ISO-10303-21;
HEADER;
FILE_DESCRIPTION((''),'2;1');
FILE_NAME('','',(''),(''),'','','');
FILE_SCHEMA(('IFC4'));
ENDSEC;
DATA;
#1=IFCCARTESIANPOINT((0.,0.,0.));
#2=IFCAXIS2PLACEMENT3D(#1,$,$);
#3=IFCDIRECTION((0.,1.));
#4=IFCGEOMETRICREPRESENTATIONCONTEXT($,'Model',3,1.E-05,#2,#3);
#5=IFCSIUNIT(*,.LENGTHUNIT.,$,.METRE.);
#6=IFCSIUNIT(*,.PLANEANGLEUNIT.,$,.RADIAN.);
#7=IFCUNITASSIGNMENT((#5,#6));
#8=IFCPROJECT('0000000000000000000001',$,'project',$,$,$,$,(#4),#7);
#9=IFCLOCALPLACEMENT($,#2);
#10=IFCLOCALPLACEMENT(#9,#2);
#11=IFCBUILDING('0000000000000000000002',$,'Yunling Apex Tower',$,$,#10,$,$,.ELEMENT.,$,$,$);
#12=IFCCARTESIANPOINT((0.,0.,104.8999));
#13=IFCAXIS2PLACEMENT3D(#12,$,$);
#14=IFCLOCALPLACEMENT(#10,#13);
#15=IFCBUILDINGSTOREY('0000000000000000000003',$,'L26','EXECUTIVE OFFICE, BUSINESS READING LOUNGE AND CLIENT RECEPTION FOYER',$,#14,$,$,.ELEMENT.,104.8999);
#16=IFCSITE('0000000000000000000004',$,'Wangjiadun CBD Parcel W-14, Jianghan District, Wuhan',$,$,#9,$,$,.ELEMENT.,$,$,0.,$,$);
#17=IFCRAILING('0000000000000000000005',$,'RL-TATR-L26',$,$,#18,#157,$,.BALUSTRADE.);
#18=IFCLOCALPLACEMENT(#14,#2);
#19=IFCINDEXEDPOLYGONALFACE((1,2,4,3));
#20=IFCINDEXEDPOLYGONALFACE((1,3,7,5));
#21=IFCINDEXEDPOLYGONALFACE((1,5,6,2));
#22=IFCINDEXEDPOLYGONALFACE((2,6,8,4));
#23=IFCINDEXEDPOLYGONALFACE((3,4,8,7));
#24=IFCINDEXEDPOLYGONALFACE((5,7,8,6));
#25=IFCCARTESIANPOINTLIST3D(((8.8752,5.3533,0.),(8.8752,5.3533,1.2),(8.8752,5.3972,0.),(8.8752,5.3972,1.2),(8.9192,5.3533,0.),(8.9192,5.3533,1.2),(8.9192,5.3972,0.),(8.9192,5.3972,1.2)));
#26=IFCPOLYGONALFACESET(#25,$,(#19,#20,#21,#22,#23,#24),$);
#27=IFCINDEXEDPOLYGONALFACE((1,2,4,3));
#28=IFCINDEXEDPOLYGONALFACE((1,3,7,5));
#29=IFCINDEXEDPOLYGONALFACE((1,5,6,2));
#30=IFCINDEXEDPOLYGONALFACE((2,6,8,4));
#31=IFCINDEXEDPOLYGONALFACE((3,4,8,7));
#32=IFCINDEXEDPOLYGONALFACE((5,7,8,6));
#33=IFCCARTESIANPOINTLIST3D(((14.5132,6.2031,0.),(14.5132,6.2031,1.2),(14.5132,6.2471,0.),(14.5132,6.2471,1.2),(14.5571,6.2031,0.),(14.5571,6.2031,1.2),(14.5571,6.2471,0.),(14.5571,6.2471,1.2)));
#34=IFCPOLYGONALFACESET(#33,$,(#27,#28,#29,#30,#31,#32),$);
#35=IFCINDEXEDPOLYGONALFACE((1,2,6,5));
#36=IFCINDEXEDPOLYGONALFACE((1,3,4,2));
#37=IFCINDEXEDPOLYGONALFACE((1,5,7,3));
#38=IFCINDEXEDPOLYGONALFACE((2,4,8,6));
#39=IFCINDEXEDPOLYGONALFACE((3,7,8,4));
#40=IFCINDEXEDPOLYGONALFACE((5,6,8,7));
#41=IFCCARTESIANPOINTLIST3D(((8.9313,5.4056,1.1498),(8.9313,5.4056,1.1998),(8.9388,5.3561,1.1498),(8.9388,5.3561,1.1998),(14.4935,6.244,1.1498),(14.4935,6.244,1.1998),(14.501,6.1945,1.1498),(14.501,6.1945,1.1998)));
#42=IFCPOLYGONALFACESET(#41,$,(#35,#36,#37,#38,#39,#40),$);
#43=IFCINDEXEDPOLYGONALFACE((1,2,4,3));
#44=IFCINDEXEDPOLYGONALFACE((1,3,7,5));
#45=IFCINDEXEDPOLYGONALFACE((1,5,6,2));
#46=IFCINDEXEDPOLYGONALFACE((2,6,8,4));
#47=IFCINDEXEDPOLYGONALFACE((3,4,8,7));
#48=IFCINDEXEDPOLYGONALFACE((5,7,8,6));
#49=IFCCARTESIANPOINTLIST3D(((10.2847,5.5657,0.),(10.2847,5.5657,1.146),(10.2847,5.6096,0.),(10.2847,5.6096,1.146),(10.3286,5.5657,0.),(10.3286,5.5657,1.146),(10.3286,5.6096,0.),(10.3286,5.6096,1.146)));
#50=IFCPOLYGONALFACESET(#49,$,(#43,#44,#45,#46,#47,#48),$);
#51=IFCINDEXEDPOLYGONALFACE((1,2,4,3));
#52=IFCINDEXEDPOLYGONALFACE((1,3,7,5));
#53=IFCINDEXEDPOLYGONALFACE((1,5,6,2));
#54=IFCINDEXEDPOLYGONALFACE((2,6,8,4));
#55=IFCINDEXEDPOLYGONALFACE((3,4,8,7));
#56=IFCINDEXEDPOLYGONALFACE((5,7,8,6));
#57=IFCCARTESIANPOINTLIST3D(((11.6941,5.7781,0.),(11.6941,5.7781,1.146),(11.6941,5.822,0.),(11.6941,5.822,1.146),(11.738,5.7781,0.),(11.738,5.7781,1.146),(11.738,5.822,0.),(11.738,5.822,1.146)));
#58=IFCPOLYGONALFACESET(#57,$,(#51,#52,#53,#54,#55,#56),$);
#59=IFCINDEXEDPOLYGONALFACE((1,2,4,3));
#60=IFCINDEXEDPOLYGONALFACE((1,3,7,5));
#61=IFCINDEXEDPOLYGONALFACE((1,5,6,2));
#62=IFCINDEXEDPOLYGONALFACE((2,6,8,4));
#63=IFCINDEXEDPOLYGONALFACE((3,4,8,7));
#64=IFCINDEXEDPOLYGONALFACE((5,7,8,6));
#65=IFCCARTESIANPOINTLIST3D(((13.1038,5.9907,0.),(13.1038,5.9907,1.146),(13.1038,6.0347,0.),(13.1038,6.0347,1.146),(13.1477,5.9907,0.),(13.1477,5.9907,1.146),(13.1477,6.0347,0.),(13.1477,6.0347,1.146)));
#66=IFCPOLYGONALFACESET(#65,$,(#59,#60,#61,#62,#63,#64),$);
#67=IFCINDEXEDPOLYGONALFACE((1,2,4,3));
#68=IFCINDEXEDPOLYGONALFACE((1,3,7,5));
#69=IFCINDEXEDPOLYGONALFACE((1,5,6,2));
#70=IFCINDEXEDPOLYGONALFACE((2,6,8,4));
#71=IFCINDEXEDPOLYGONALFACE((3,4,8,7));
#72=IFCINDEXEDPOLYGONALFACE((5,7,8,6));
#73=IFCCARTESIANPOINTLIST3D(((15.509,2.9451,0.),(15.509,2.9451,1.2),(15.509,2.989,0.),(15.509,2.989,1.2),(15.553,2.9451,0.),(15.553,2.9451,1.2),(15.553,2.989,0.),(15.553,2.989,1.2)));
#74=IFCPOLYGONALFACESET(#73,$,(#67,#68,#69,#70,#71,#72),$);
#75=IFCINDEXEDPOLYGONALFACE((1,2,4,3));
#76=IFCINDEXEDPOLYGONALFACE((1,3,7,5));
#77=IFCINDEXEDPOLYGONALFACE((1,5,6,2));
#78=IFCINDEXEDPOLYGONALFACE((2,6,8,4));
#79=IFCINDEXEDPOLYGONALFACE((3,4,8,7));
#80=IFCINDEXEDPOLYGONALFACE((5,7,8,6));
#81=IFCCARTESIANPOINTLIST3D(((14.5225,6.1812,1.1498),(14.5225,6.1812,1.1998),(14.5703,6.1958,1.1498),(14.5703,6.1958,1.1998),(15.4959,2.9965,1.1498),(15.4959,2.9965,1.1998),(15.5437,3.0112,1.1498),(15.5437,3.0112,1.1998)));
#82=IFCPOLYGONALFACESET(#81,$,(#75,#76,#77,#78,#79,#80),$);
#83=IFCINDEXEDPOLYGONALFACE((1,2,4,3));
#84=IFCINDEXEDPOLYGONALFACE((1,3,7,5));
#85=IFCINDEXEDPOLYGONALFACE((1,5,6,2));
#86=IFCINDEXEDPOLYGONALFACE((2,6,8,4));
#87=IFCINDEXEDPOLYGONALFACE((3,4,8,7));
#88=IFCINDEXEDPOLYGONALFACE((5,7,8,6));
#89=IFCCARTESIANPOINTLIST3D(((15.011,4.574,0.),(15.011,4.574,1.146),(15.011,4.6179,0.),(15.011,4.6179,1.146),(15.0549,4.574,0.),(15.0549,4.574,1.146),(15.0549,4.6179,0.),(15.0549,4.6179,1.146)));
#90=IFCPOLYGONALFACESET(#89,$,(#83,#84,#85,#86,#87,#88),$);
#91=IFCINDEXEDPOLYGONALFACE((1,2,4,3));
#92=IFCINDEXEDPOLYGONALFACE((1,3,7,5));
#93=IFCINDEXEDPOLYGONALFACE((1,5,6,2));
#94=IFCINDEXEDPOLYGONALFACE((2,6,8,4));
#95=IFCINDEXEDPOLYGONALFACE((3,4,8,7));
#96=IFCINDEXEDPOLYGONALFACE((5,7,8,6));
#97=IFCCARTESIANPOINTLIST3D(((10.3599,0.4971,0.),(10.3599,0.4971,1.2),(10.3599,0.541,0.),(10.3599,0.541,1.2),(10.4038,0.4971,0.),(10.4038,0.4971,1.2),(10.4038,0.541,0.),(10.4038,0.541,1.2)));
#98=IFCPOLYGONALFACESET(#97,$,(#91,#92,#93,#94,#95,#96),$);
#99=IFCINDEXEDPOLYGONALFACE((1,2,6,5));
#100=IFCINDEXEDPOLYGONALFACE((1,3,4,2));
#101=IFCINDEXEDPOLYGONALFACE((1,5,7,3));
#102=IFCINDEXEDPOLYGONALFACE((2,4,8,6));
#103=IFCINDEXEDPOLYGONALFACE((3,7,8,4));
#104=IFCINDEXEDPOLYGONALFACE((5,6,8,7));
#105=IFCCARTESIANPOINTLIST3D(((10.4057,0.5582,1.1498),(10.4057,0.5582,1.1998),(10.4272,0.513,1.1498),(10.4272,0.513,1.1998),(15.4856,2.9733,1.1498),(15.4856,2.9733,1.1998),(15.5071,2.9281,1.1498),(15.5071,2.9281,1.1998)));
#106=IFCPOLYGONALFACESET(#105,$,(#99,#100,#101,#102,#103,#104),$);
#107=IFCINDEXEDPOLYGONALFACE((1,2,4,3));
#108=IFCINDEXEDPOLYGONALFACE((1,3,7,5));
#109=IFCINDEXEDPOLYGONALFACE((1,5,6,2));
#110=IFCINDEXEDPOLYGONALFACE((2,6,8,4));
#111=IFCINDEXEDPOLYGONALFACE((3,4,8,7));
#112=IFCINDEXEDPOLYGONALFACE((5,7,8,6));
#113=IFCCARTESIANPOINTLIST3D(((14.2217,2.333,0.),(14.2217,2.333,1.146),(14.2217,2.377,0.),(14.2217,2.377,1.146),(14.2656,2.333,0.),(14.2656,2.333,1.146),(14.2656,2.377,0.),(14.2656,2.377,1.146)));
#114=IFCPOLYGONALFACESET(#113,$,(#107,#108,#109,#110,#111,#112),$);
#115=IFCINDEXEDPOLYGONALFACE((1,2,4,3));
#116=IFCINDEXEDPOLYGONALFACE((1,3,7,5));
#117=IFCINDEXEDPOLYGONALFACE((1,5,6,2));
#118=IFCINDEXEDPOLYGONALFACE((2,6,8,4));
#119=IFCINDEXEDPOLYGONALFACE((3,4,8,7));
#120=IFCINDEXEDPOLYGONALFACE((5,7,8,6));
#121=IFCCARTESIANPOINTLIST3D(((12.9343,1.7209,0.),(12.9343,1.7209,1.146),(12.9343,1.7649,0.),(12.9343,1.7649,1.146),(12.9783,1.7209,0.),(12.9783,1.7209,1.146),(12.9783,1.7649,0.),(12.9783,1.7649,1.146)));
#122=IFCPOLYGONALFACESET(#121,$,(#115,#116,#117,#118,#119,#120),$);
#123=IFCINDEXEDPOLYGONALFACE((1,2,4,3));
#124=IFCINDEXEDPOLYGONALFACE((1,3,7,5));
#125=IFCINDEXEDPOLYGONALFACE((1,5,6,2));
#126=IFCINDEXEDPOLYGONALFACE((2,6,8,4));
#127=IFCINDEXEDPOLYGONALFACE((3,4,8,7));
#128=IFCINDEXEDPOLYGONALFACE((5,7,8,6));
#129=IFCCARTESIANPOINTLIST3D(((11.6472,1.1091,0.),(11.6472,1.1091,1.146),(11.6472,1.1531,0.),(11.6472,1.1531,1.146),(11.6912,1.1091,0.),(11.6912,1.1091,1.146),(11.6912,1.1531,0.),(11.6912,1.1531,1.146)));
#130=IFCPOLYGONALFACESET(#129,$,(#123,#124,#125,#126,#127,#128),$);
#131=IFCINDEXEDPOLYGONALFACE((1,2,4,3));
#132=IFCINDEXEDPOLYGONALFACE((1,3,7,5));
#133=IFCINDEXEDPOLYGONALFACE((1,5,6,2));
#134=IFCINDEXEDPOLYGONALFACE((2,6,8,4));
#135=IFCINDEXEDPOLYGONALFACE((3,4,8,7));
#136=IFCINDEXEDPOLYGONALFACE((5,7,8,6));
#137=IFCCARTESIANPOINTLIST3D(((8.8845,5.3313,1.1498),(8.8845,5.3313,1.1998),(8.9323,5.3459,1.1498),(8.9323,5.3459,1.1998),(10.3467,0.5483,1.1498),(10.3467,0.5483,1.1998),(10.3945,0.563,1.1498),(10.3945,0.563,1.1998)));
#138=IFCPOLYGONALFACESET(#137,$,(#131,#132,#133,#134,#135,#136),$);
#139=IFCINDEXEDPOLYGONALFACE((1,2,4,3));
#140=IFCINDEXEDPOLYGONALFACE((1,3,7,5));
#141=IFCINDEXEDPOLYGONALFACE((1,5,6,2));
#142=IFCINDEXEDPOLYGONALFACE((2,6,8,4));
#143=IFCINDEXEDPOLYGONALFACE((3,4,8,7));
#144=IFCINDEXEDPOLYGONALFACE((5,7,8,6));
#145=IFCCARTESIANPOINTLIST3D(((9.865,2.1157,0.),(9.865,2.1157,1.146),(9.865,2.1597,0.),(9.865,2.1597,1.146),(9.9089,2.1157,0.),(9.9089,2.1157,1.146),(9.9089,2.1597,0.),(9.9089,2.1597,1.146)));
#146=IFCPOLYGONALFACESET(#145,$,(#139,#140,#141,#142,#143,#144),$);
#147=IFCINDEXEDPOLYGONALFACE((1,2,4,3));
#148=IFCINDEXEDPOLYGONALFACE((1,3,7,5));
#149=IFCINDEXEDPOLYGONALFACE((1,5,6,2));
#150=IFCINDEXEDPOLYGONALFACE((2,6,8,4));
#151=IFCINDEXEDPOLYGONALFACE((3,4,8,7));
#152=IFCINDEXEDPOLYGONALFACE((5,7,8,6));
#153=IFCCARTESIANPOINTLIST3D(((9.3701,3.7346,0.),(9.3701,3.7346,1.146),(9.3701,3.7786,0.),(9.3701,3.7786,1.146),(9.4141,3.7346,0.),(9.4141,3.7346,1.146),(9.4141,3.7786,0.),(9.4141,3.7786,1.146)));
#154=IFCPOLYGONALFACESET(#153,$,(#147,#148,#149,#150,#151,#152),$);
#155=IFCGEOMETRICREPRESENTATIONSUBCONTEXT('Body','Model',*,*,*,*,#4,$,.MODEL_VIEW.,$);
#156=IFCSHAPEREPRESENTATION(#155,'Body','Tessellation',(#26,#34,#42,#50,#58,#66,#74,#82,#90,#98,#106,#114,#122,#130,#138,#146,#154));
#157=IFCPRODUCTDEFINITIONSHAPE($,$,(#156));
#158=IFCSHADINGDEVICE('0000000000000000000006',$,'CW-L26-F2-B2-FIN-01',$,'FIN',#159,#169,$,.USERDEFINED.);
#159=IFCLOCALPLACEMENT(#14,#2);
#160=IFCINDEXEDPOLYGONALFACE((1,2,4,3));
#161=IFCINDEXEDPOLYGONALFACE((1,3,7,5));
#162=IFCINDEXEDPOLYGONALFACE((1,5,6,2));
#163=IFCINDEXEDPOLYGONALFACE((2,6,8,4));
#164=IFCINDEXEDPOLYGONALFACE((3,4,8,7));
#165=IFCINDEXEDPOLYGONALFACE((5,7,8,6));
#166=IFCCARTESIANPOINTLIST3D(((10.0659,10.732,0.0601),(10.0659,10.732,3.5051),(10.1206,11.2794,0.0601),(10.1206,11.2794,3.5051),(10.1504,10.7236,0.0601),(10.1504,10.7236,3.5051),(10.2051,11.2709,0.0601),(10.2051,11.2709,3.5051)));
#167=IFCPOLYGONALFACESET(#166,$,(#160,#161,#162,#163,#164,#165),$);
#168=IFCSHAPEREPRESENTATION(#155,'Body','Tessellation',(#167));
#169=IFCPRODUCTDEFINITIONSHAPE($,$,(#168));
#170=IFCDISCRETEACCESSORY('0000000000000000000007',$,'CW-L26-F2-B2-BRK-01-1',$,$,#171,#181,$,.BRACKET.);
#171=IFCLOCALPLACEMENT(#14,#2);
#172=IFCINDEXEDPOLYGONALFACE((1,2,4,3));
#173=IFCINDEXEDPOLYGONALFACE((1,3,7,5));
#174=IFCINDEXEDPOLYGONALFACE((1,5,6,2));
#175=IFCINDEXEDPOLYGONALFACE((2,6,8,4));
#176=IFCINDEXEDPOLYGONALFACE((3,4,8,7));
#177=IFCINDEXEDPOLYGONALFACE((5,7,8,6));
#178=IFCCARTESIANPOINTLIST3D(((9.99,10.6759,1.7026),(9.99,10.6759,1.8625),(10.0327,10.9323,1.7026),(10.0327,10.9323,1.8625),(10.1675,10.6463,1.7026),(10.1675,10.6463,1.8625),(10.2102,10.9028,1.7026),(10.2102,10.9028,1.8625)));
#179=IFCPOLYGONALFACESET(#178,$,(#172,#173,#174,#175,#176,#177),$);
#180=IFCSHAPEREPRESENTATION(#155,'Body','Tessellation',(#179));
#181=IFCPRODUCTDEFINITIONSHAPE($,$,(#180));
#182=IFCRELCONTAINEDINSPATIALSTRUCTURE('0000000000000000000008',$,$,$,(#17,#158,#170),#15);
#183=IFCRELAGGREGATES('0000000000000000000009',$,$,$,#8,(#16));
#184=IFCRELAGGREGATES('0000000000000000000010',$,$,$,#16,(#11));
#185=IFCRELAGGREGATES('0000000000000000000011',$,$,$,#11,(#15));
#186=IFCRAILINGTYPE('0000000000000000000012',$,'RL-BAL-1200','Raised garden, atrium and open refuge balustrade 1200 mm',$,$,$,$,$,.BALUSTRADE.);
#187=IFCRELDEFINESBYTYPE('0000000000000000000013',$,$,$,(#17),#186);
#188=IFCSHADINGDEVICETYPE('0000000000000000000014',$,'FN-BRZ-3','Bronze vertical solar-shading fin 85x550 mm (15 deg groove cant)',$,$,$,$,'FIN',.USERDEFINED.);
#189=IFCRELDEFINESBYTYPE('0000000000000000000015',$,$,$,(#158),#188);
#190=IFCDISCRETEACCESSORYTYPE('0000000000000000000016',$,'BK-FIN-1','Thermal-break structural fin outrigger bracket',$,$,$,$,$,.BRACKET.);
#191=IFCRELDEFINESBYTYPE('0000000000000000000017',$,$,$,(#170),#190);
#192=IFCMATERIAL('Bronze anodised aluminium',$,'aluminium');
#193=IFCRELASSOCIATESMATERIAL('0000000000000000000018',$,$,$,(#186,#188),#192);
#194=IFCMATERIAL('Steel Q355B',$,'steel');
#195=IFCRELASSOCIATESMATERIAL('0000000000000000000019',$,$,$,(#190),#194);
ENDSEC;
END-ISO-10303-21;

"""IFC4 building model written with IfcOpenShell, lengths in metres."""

from ifc_helpers import new_model, si_unit, direction, frame, origin, origin_2d, place, context, subcontext, project, spatial, rectangle, extrude, source, transform, mapped, material, material_profile, profile_set, type_object, element, save


model = new_model("IFC4")

# Units and contexts
model_context = context("Model", 3, precision=1e-05, world=origin(), true_north=direction((0.0, 1.0)))
body_context = subcontext(model_context, "Body", "Model", "MODEL_VIEW")
ifc_project = project(units=[si_unit("LENGTHUNIT", "METRE"), si_unit("PLANEANGLEUNIT", "RADIAN")], contexts=[model_context])

# Site, building, storey
site_placement = place(None, origin())
site = spatial("IfcSite", under=ifc_project, at=site_placement, Name="Wangjiadun CBD Parcel W-14, Jianghan District, Wuhan", CompositionType="ELEMENT", RefElevation=0.0)
building_placement = place(site_placement, origin())
building = spatial("IfcBuilding", under=site, at=building_placement, Name="Yunling Apex Tower", CompositionType="ELEMENT")
storey_placement = place(building_placement, frame((0.0, 0.0, 104.8999)))
storey = spatial("IfcBuildingStorey", under=building, at=storey_placement, Name="L26", Description="EXECUTIVE OFFICE, BUSINESS READING LOUNGE AND CLIENT RECEPTION FOYER", CompositionType="ELEMENT", Elevation=104.8999)

# Shared definitions
ifc_material_1 = material(Name="Steel Q355B", Category="steel")

# Shared definitions
ifc_material_2 = material(Name="Bronze anodised aluminium", Category="aluminium")

# Railing
railing_type = type_object("IfcRailingType", Name="RL-BAL-1200", Description="Raised garden, atrium and open refuge balustrade 1200 mm", PredefinedType="BALUSTRADE", material=ifc_material_2)
railing_placement = place(storey_placement, frame((8.8972, 5.3752, 0.0)))
element("IfcRailing", 1, at=railing_placement, inside=storey, type_object=railing_type, Name="RL-TATR-L26", PredefinedType="BALUSTRADE", context=body_context, shape_type="SweptSolid", body=[
    extrude(rectangle(XDim=0.0439, YDim=0.0439, at=origin_2d()), origin(), (0.0, 0.0, 1.0), 1.2),
    extrude(rectangle(XDim=0.0439, YDim=0.0439, at=origin_2d()), frame((5.6379, 0.8499, 0.0)), (0.0, 0.0, 1.0), 1.2),
    extrude(rectangle(XDim=0.05, YDim=0.05, at=origin_2d()), frame((0.0378, 0.0056, 1.1748), z_axis=(0.988829, 0.149054, 0.0), x_axis=(-0.149054, 0.988829, 0.0)), (0.0, 0.0, 1.0), 5.625),
    extrude(rectangle(XDim=0.0439, YDim=0.0439, at=origin_2d()), frame((1.4094, 0.2124, 0.0)), (0.0, 0.0, 1.0), 1.146),
    extrude(rectangle(XDim=0.0439, YDim=0.0439, at=origin_2d()), frame((2.8188, 0.4248, 0.0)), (0.0, 0.0, 1.0), 1.146),
    extrude(rectangle(XDim=0.0439, YDim=0.0439, at=origin_2d()), frame((4.2285, 0.6375, 0.0)), (0.0, 0.0, 1.0), 1.146),
    extrude(rectangle(XDim=0.0439, YDim=0.0439, at=origin_2d()), frame((6.6338, -2.4082, 0.0)), (0.0, 0.0, 1.0), 1.2),
    extrude(rectangle(XDim=0.05, YDim=0.05, at=origin_2d()), frame((5.6492, 0.8132, 1.1748), z_axis=(0.292308, -0.956324, 0.0), x_axis=(0.956324, 0.292308, 0.0)), (0.0, 0.0, 1.0), 3.3301),
    extrude(rectangle(XDim=0.0439, YDim=0.0439, at=origin_2d()), frame((6.1357, -0.7793, 0.0)), (0.0, 0.0, 1.0), 1.146),
    extrude(rectangle(XDim=0.0439, YDim=0.0439, at=origin_2d()), frame((1.4846, -4.8562, 0.0)), (0.0, 0.0, 1.0), 1.2),
    extrude(rectangle(XDim=0.05, YDim=0.05, at=origin_2d()), frame((6.5991, -2.4246, 1.1748), z_axis=(-0.903132, -0.429363, 0.0), x_axis=(0.429363, -0.903132, 0.0)), (0.0, 0.0, 1.0), 5.6248),
    extrude(rectangle(XDim=0.0439, YDim=0.0439, at=origin_2d()), frame((5.3464, -3.0203, 0.0)), (0.0, 0.0, 1.0), 1.146),
    extrude(rectangle(XDim=0.0439, YDim=0.0439, at=origin_2d()), frame((4.0591, -3.6323, 0.0)), (0.0, 0.0, 1.0), 1.146),
    extrude(rectangle(XDim=0.0439, YDim=0.0439, at=origin_2d()), frame((2.772, -4.2441, 0.0)), (0.0, 0.0, 1.0), 1.146),
    extrude(rectangle(XDim=0.05, YDim=0.05, at=origin_2d()), frame((1.4734, -4.8196, 1.1748), z_axis=(-0.292359, 0.956309, 0.0), x_axis=(-0.956309, -0.292359, 0.0)), (0.0, 0.0, 1.0), 5.0015),
    extrude(rectangle(XDim=0.0439, YDim=0.0439, at=origin_2d()), frame((0.9897, -3.2375, 0.0)), (0.0, 0.0, 1.0), 1.146),
    extrude(rectangle(XDim=0.0439, YDim=0.0439, at=origin_2d()), frame((0.4949, -1.6187, 0.0)), (0.0, 0.0, 1.0), 1.146),
])

# Shading device
ifc_material_profile_1 = material_profile(ifc_material_2, rectangle(XDim=0.085, YDim=0.55, at=origin_2d()))
ifc_profile_set_1 = profile_set([ifc_material_profile_1], Name="Bronze anodised aluminium")
shading_device_type = type_object("IfcShadingDeviceType", Name="FN-BRZ-3", Description="Bronze vertical solar-shading fin 85x550 mm (15 deg groove cant)", ElementType="FIN", PredefinedType="USERDEFINED", material=ifc_profile_set_1)
shared_shape_1 = source(origin(), body_context, "Body", "SweptSolid", [
    extrude(rectangle(XDim=0.085, YDim=0.55, at=origin_2d()), origin(), (0.0, 0.0, 1.0), 3.4451),
])
shading_device_placement = place(storey_placement, frame((10.1355, 11.0015, 0.0601), z_axis=(0.0, 0.0, 1.0), x_axis=(-0.995038, 0.099493, 0.0)))
element("IfcShadingDevice", 2, at=shading_device_placement, inside=storey, type_object=shading_device_type, Name="CW-L26-F2-B2-FIN-01", ObjectType="FIN", PredefinedType="USERDEFINED", context=body_context, shape_type="MappedRepresentation", body=[
    mapped(shared_shape_1, transform((0.0, 0.0, 0.0), scale=1.0)),
])

# Discrete accessory
discrete_accessory_type = type_object("IfcDiscreteAccessoryType", Name="BK-FIN-1", Description="Thermal-break structural fin outrigger bracket", PredefinedType="BRACKET", material=ifc_material_1)
shared_shape_2 = source(origin(), body_context, "Body", "SweptSolid", [
    extrude(rectangle(XDim=0.1799, YDim=0.26, at=origin_2d()), origin(), (0.0, 0.0, 1.0), 0.1599),
])
discrete_accessory_placement = place(storey_placement, frame((10.1001, 10.7893, 1.7026), z_axis=(0.0, 0.0, 1.0), x_axis=(-0.986401, 0.164359, 0.0)))
element("IfcDiscreteAccessory", 3, at=discrete_accessory_placement, inside=storey, type_object=discrete_accessory_type, Name="CW-L26-F2-B2-BRK-01-1", PredefinedType="BRACKET", context=body_context, shape_type="MappedRepresentation", body=[
    mapped(shared_shape_2, transform((0.0, 0.0, 0.0), scale=1.0)),
])

save(model, "model.ifc")
